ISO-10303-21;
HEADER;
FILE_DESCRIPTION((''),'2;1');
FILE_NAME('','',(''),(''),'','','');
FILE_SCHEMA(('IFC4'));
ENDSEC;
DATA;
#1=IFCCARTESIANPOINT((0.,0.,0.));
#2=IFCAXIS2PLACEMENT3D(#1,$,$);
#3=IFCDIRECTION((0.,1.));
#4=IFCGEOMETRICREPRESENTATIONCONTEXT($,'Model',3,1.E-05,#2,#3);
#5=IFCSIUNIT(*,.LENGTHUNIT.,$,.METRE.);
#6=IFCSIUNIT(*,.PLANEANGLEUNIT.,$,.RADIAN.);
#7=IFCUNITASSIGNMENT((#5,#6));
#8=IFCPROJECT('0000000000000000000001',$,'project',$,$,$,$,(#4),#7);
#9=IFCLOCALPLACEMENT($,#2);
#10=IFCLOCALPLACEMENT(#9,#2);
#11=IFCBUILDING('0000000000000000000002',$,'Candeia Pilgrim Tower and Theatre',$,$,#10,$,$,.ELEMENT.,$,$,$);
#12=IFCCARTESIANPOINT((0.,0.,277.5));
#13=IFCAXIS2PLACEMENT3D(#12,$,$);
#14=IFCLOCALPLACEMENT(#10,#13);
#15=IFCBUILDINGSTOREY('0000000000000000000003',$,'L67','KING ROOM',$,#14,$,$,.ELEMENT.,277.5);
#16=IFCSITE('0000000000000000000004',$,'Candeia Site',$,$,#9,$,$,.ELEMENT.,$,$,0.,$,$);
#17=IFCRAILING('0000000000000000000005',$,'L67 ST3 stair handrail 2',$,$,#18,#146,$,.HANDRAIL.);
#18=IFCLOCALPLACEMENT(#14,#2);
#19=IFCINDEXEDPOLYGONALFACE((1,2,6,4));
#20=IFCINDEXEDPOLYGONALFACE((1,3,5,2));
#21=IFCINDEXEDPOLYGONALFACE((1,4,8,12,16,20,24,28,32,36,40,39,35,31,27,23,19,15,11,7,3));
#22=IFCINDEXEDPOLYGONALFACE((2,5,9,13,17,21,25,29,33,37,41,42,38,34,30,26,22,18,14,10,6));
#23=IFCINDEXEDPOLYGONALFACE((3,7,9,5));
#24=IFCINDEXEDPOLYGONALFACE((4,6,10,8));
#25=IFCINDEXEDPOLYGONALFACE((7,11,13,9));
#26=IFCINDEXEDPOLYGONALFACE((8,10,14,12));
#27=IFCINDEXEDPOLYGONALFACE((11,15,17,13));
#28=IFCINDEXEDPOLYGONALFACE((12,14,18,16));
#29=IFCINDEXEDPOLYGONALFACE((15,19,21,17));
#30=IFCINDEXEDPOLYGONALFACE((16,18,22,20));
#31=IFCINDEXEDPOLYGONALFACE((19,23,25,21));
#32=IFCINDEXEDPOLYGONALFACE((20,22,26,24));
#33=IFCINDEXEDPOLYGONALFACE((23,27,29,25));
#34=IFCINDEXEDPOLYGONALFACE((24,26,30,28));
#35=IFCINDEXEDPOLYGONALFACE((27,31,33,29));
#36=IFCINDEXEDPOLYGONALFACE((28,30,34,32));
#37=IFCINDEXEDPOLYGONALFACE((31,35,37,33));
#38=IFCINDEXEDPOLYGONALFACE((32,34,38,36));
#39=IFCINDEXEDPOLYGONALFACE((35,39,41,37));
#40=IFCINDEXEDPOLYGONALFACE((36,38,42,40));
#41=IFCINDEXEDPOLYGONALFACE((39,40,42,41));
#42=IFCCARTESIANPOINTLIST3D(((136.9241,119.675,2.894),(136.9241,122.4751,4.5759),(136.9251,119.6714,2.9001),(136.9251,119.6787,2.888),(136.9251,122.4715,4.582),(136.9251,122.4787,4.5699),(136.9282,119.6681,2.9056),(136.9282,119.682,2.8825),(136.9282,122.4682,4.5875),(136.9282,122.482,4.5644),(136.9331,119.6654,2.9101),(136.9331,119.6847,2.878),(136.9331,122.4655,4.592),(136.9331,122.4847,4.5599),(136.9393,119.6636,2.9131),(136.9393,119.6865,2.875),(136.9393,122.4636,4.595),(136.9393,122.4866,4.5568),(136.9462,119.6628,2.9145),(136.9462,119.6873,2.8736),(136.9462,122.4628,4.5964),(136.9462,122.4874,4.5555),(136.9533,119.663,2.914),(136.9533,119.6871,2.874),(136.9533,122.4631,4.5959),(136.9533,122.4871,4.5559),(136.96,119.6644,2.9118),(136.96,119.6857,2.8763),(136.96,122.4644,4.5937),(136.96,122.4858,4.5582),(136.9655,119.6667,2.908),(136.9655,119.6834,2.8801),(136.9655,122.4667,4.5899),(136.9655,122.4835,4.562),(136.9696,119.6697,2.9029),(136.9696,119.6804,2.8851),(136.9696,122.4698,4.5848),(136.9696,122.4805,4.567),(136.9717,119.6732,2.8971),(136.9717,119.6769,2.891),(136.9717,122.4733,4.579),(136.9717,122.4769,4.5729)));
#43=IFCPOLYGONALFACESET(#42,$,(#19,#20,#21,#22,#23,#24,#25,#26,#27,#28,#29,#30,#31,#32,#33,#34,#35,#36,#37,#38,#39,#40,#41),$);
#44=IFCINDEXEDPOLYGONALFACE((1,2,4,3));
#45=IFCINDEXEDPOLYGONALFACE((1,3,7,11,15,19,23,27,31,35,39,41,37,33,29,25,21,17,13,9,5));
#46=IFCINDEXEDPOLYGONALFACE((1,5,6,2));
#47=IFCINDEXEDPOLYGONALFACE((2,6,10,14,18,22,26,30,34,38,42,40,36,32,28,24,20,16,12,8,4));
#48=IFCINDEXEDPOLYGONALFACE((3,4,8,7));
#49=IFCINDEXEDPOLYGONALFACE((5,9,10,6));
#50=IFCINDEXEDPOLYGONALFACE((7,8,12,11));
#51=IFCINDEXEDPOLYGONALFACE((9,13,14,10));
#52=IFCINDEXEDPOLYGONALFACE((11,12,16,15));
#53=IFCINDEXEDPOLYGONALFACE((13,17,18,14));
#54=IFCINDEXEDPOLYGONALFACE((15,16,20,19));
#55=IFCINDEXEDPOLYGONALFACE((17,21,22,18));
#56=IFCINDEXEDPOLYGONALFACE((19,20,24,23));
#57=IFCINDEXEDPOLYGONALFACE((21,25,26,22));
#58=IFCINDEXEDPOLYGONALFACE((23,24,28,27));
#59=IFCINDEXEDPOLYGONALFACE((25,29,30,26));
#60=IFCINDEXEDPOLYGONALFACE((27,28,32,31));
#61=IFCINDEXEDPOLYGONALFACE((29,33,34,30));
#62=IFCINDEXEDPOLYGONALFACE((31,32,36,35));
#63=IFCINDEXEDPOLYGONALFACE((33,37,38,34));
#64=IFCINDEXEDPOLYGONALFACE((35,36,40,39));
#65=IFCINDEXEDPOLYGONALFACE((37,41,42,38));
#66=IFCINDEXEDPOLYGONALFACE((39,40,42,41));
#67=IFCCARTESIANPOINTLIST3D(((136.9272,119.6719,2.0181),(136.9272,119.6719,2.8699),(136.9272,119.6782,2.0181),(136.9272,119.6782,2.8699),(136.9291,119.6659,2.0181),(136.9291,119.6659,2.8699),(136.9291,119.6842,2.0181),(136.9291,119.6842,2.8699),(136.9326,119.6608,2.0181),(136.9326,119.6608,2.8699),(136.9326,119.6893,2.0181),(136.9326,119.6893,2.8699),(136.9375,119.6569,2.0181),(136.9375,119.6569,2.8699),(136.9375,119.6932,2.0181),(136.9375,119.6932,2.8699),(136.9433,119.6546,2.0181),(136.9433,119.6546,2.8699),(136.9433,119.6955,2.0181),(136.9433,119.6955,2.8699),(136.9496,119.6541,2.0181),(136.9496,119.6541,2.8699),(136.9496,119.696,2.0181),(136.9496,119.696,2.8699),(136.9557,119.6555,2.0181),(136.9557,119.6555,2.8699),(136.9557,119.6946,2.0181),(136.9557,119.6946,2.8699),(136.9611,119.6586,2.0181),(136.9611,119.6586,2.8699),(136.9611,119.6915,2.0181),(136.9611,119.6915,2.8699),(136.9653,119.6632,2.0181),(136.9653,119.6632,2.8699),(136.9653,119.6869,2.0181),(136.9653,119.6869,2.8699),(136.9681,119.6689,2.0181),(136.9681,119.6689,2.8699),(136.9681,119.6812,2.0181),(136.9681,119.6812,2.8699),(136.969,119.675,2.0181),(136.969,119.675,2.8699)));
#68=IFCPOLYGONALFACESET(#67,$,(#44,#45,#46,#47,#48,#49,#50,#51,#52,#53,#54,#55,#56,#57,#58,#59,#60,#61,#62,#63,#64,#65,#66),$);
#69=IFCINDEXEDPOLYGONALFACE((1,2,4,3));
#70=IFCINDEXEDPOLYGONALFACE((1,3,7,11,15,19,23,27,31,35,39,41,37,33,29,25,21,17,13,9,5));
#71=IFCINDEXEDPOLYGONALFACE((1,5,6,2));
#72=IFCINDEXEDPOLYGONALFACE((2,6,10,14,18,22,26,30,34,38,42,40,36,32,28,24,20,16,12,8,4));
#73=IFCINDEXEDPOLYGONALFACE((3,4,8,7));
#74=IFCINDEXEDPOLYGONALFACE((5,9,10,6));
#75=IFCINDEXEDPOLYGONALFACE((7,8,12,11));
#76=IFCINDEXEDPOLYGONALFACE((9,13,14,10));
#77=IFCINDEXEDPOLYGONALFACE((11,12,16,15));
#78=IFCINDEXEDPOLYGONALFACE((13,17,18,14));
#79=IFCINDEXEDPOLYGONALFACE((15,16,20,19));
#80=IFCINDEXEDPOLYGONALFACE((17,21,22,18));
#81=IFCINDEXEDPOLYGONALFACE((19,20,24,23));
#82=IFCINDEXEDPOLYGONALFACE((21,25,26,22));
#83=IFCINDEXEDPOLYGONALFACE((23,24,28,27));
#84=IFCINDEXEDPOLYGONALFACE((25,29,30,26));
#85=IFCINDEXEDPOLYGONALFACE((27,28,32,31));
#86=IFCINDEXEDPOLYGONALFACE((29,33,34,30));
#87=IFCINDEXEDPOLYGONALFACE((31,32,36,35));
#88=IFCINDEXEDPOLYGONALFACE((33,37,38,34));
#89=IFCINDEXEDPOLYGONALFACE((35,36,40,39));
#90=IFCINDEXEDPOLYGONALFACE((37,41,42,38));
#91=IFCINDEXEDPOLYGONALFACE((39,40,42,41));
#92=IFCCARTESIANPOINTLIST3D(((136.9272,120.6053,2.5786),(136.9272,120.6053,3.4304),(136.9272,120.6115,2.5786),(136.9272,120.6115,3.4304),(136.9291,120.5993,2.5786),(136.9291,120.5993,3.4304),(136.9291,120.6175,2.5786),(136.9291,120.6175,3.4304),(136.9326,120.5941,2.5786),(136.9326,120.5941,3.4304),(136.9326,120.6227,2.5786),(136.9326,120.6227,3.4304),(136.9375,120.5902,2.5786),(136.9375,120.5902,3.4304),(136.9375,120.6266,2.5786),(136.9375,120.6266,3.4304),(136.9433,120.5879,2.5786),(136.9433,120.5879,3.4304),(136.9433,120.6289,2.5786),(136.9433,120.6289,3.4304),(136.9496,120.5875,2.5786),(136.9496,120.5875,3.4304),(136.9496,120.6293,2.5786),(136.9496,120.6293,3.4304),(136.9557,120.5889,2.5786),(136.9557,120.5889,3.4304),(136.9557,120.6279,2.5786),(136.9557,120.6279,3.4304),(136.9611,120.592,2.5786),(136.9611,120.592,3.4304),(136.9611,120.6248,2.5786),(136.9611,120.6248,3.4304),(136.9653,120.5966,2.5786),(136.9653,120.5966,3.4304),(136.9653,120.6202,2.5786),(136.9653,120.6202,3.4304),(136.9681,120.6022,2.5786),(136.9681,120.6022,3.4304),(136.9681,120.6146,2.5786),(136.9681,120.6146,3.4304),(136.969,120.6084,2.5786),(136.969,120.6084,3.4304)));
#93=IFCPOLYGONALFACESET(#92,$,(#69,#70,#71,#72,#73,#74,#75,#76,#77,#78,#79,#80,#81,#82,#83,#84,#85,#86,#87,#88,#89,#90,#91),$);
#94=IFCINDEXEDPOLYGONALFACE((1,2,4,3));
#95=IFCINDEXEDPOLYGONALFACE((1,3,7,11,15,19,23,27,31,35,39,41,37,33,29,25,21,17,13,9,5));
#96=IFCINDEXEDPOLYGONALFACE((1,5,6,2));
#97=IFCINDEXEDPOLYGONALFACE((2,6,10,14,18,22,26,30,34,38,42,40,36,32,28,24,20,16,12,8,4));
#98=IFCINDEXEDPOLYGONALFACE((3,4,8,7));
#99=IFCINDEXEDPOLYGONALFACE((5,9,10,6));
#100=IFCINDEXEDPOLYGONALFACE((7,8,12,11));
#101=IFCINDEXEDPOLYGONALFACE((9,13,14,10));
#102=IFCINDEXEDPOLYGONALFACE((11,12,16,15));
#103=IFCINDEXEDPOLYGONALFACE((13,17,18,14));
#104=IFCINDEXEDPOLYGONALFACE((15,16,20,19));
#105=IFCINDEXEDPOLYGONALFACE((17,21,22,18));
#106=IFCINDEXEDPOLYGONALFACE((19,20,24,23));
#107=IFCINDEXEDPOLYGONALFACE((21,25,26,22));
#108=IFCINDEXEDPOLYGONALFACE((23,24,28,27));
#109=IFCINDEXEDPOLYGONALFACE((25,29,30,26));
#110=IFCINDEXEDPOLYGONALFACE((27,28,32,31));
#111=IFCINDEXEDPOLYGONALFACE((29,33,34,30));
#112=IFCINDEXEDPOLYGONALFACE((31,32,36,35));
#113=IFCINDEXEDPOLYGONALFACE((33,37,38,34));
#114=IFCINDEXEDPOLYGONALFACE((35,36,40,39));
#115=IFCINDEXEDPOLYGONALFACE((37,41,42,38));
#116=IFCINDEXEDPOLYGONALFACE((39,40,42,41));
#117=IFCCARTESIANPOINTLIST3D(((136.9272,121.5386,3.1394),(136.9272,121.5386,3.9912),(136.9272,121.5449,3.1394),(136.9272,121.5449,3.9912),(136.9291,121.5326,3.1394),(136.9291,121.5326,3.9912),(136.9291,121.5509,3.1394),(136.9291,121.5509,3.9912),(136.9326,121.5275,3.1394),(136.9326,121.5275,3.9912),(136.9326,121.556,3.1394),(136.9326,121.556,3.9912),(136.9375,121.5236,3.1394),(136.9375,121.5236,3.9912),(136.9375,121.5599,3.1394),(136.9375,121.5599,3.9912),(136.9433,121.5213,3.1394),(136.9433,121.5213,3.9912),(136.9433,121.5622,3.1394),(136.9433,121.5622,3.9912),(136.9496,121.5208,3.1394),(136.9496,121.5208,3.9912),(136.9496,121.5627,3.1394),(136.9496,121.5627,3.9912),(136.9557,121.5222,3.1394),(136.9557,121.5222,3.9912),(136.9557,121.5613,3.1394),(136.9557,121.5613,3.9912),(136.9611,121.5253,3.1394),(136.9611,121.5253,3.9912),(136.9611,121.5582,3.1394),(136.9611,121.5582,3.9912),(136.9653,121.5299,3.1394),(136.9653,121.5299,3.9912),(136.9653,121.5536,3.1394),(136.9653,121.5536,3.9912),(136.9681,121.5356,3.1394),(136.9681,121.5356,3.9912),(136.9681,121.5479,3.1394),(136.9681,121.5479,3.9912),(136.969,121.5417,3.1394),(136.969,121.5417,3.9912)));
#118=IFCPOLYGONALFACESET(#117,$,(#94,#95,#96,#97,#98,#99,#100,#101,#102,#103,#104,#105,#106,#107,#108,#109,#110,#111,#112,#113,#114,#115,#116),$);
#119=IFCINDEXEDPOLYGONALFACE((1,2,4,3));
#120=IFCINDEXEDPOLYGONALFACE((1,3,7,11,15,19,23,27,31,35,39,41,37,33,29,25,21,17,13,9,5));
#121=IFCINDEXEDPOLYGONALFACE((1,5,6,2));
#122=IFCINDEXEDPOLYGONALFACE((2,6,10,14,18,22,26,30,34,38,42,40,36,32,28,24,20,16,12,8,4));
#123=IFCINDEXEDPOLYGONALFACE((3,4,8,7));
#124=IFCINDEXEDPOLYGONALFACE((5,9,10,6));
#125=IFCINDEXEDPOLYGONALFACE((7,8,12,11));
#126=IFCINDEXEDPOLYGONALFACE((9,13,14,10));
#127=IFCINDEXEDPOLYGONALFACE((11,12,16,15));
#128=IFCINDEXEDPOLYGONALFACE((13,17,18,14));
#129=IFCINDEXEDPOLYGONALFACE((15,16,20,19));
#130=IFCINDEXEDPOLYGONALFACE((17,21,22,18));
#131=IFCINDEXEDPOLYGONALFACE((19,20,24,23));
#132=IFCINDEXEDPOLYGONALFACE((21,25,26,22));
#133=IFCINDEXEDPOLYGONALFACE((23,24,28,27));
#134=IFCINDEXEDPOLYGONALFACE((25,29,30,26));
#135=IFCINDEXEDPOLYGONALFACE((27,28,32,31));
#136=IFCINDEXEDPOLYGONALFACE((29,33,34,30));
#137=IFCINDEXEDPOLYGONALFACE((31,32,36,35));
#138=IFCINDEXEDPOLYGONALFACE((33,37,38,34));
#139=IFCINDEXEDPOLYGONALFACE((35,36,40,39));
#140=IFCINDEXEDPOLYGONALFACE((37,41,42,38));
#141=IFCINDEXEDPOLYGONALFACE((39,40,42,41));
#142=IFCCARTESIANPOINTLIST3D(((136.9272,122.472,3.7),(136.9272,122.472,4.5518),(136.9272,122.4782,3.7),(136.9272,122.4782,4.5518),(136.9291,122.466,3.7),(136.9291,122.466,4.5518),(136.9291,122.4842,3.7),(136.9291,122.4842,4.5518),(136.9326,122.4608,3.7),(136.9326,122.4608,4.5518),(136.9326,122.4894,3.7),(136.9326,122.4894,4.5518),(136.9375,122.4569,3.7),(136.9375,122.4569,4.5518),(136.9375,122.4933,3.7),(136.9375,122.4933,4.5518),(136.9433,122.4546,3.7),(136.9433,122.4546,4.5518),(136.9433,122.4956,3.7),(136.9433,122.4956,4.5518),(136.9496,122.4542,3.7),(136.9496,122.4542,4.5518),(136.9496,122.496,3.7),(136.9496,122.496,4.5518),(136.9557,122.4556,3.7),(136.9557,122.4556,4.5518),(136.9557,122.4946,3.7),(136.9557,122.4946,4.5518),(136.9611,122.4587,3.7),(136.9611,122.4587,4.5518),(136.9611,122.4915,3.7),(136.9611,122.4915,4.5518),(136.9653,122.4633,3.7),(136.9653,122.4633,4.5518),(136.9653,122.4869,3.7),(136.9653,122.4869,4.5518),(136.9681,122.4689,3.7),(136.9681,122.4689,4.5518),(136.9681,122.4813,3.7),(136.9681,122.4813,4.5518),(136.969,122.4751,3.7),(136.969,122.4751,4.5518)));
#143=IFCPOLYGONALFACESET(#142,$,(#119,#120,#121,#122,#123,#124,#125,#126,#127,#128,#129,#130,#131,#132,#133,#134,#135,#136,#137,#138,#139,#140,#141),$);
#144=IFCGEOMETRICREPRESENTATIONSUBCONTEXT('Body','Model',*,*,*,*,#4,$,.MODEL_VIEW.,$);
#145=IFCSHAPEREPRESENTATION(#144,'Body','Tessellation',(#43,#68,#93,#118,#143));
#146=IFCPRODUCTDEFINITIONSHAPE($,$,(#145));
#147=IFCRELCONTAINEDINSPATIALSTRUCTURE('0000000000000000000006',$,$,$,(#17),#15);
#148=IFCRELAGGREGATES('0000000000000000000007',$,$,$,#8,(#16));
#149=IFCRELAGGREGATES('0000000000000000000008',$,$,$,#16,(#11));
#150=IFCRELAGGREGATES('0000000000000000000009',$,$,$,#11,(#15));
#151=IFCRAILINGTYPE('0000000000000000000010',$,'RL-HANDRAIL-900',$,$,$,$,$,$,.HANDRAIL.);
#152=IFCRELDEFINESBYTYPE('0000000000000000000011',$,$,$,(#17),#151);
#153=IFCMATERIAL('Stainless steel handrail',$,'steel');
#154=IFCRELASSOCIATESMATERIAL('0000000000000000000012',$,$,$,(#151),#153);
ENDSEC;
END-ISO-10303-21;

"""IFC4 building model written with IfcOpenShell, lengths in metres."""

from ifc_helpers import new_model, si_unit, direction, frame, origin, origin_2d, place, context, subcontext, project, spatial, circle, extrude, material, type_object, element, save


model = new_model("IFC4")

# Units and contexts
model_context = context("Model", 3, precision=1e-05, world=origin(), true_north=direction((0.0, 1.0)))
body_context = subcontext(model_context, "Body", "Model", "MODEL_VIEW")
ifc_project = project(units=[si_unit("LENGTHUNIT", "METRE"), si_unit("PLANEANGLEUNIT", "RADIAN")], contexts=[model_context])

# Site, building, storey
site_placement = place(None, origin())
site = spatial("IfcSite", under=ifc_project, at=site_placement, Name="Candeia Site", CompositionType="ELEMENT", RefElevation=0.0)
building_placement = place(site_placement, origin())
building = spatial("IfcBuilding", under=site, at=building_placement, Name="Candeia Pilgrim Tower and Theatre", CompositionType="ELEMENT")
storey_placement = place(building_placement, frame((0.0, 0.0, 277.5)))
storey = spatial("IfcBuildingStorey", under=building, at=storey_placement, Name="L67", Description="KING ROOM", CompositionType="ELEMENT", Elevation=277.5)

# Railing
ifc_material_1 = material(Name="Stainless steel handrail", Category="steel")
railing_type_1 = type_object("IfcRailingType", Name="RL-HANDRAIL-900", PredefinedType="HANDRAIL", material=ifc_material_1)
railing_1_placement = place(storey_placement, frame((136.948, 119.675, 2.0181)))
element("IfcRailing", 1, at=railing_1_placement, inside=storey, type_object=railing_type_1, Name="L67 ST3 stair handrail 2", PredefinedType="HANDRAIL", context=body_context, shape_type="SweptSolid", body=[
    extrude(circle(Radius=0.0239, at=origin_2d()), frame((0.0, 0.0, 0.876), z_axis=(0.0, 0.857242, 0.514913), x_axis=(-1.0, 0.0, 0.0)), (0.0, 0.0, 1.0), 3.2664),
    extrude(circle(Radius=0.021, at=origin_2d()), origin(), (0.0, 0.0, 1.0), 0.8518),
    extrude(circle(Radius=0.021, at=origin_2d()), frame((0.0, 0.9333, 0.5605)), (0.0, 0.0, 1.0), 0.8518),
    extrude(circle(Radius=0.021, at=origin_2d()), frame((0.0, 1.8667, 1.1213)), (0.0, 0.0, 1.0), 0.8518),
    extrude(circle(Radius=0.021, at=origin_2d()), frame((0.0, 2.8, 1.6819)), (0.0, 0.0, 1.0), 0.8518),
])

save(model, "model.ifc")
